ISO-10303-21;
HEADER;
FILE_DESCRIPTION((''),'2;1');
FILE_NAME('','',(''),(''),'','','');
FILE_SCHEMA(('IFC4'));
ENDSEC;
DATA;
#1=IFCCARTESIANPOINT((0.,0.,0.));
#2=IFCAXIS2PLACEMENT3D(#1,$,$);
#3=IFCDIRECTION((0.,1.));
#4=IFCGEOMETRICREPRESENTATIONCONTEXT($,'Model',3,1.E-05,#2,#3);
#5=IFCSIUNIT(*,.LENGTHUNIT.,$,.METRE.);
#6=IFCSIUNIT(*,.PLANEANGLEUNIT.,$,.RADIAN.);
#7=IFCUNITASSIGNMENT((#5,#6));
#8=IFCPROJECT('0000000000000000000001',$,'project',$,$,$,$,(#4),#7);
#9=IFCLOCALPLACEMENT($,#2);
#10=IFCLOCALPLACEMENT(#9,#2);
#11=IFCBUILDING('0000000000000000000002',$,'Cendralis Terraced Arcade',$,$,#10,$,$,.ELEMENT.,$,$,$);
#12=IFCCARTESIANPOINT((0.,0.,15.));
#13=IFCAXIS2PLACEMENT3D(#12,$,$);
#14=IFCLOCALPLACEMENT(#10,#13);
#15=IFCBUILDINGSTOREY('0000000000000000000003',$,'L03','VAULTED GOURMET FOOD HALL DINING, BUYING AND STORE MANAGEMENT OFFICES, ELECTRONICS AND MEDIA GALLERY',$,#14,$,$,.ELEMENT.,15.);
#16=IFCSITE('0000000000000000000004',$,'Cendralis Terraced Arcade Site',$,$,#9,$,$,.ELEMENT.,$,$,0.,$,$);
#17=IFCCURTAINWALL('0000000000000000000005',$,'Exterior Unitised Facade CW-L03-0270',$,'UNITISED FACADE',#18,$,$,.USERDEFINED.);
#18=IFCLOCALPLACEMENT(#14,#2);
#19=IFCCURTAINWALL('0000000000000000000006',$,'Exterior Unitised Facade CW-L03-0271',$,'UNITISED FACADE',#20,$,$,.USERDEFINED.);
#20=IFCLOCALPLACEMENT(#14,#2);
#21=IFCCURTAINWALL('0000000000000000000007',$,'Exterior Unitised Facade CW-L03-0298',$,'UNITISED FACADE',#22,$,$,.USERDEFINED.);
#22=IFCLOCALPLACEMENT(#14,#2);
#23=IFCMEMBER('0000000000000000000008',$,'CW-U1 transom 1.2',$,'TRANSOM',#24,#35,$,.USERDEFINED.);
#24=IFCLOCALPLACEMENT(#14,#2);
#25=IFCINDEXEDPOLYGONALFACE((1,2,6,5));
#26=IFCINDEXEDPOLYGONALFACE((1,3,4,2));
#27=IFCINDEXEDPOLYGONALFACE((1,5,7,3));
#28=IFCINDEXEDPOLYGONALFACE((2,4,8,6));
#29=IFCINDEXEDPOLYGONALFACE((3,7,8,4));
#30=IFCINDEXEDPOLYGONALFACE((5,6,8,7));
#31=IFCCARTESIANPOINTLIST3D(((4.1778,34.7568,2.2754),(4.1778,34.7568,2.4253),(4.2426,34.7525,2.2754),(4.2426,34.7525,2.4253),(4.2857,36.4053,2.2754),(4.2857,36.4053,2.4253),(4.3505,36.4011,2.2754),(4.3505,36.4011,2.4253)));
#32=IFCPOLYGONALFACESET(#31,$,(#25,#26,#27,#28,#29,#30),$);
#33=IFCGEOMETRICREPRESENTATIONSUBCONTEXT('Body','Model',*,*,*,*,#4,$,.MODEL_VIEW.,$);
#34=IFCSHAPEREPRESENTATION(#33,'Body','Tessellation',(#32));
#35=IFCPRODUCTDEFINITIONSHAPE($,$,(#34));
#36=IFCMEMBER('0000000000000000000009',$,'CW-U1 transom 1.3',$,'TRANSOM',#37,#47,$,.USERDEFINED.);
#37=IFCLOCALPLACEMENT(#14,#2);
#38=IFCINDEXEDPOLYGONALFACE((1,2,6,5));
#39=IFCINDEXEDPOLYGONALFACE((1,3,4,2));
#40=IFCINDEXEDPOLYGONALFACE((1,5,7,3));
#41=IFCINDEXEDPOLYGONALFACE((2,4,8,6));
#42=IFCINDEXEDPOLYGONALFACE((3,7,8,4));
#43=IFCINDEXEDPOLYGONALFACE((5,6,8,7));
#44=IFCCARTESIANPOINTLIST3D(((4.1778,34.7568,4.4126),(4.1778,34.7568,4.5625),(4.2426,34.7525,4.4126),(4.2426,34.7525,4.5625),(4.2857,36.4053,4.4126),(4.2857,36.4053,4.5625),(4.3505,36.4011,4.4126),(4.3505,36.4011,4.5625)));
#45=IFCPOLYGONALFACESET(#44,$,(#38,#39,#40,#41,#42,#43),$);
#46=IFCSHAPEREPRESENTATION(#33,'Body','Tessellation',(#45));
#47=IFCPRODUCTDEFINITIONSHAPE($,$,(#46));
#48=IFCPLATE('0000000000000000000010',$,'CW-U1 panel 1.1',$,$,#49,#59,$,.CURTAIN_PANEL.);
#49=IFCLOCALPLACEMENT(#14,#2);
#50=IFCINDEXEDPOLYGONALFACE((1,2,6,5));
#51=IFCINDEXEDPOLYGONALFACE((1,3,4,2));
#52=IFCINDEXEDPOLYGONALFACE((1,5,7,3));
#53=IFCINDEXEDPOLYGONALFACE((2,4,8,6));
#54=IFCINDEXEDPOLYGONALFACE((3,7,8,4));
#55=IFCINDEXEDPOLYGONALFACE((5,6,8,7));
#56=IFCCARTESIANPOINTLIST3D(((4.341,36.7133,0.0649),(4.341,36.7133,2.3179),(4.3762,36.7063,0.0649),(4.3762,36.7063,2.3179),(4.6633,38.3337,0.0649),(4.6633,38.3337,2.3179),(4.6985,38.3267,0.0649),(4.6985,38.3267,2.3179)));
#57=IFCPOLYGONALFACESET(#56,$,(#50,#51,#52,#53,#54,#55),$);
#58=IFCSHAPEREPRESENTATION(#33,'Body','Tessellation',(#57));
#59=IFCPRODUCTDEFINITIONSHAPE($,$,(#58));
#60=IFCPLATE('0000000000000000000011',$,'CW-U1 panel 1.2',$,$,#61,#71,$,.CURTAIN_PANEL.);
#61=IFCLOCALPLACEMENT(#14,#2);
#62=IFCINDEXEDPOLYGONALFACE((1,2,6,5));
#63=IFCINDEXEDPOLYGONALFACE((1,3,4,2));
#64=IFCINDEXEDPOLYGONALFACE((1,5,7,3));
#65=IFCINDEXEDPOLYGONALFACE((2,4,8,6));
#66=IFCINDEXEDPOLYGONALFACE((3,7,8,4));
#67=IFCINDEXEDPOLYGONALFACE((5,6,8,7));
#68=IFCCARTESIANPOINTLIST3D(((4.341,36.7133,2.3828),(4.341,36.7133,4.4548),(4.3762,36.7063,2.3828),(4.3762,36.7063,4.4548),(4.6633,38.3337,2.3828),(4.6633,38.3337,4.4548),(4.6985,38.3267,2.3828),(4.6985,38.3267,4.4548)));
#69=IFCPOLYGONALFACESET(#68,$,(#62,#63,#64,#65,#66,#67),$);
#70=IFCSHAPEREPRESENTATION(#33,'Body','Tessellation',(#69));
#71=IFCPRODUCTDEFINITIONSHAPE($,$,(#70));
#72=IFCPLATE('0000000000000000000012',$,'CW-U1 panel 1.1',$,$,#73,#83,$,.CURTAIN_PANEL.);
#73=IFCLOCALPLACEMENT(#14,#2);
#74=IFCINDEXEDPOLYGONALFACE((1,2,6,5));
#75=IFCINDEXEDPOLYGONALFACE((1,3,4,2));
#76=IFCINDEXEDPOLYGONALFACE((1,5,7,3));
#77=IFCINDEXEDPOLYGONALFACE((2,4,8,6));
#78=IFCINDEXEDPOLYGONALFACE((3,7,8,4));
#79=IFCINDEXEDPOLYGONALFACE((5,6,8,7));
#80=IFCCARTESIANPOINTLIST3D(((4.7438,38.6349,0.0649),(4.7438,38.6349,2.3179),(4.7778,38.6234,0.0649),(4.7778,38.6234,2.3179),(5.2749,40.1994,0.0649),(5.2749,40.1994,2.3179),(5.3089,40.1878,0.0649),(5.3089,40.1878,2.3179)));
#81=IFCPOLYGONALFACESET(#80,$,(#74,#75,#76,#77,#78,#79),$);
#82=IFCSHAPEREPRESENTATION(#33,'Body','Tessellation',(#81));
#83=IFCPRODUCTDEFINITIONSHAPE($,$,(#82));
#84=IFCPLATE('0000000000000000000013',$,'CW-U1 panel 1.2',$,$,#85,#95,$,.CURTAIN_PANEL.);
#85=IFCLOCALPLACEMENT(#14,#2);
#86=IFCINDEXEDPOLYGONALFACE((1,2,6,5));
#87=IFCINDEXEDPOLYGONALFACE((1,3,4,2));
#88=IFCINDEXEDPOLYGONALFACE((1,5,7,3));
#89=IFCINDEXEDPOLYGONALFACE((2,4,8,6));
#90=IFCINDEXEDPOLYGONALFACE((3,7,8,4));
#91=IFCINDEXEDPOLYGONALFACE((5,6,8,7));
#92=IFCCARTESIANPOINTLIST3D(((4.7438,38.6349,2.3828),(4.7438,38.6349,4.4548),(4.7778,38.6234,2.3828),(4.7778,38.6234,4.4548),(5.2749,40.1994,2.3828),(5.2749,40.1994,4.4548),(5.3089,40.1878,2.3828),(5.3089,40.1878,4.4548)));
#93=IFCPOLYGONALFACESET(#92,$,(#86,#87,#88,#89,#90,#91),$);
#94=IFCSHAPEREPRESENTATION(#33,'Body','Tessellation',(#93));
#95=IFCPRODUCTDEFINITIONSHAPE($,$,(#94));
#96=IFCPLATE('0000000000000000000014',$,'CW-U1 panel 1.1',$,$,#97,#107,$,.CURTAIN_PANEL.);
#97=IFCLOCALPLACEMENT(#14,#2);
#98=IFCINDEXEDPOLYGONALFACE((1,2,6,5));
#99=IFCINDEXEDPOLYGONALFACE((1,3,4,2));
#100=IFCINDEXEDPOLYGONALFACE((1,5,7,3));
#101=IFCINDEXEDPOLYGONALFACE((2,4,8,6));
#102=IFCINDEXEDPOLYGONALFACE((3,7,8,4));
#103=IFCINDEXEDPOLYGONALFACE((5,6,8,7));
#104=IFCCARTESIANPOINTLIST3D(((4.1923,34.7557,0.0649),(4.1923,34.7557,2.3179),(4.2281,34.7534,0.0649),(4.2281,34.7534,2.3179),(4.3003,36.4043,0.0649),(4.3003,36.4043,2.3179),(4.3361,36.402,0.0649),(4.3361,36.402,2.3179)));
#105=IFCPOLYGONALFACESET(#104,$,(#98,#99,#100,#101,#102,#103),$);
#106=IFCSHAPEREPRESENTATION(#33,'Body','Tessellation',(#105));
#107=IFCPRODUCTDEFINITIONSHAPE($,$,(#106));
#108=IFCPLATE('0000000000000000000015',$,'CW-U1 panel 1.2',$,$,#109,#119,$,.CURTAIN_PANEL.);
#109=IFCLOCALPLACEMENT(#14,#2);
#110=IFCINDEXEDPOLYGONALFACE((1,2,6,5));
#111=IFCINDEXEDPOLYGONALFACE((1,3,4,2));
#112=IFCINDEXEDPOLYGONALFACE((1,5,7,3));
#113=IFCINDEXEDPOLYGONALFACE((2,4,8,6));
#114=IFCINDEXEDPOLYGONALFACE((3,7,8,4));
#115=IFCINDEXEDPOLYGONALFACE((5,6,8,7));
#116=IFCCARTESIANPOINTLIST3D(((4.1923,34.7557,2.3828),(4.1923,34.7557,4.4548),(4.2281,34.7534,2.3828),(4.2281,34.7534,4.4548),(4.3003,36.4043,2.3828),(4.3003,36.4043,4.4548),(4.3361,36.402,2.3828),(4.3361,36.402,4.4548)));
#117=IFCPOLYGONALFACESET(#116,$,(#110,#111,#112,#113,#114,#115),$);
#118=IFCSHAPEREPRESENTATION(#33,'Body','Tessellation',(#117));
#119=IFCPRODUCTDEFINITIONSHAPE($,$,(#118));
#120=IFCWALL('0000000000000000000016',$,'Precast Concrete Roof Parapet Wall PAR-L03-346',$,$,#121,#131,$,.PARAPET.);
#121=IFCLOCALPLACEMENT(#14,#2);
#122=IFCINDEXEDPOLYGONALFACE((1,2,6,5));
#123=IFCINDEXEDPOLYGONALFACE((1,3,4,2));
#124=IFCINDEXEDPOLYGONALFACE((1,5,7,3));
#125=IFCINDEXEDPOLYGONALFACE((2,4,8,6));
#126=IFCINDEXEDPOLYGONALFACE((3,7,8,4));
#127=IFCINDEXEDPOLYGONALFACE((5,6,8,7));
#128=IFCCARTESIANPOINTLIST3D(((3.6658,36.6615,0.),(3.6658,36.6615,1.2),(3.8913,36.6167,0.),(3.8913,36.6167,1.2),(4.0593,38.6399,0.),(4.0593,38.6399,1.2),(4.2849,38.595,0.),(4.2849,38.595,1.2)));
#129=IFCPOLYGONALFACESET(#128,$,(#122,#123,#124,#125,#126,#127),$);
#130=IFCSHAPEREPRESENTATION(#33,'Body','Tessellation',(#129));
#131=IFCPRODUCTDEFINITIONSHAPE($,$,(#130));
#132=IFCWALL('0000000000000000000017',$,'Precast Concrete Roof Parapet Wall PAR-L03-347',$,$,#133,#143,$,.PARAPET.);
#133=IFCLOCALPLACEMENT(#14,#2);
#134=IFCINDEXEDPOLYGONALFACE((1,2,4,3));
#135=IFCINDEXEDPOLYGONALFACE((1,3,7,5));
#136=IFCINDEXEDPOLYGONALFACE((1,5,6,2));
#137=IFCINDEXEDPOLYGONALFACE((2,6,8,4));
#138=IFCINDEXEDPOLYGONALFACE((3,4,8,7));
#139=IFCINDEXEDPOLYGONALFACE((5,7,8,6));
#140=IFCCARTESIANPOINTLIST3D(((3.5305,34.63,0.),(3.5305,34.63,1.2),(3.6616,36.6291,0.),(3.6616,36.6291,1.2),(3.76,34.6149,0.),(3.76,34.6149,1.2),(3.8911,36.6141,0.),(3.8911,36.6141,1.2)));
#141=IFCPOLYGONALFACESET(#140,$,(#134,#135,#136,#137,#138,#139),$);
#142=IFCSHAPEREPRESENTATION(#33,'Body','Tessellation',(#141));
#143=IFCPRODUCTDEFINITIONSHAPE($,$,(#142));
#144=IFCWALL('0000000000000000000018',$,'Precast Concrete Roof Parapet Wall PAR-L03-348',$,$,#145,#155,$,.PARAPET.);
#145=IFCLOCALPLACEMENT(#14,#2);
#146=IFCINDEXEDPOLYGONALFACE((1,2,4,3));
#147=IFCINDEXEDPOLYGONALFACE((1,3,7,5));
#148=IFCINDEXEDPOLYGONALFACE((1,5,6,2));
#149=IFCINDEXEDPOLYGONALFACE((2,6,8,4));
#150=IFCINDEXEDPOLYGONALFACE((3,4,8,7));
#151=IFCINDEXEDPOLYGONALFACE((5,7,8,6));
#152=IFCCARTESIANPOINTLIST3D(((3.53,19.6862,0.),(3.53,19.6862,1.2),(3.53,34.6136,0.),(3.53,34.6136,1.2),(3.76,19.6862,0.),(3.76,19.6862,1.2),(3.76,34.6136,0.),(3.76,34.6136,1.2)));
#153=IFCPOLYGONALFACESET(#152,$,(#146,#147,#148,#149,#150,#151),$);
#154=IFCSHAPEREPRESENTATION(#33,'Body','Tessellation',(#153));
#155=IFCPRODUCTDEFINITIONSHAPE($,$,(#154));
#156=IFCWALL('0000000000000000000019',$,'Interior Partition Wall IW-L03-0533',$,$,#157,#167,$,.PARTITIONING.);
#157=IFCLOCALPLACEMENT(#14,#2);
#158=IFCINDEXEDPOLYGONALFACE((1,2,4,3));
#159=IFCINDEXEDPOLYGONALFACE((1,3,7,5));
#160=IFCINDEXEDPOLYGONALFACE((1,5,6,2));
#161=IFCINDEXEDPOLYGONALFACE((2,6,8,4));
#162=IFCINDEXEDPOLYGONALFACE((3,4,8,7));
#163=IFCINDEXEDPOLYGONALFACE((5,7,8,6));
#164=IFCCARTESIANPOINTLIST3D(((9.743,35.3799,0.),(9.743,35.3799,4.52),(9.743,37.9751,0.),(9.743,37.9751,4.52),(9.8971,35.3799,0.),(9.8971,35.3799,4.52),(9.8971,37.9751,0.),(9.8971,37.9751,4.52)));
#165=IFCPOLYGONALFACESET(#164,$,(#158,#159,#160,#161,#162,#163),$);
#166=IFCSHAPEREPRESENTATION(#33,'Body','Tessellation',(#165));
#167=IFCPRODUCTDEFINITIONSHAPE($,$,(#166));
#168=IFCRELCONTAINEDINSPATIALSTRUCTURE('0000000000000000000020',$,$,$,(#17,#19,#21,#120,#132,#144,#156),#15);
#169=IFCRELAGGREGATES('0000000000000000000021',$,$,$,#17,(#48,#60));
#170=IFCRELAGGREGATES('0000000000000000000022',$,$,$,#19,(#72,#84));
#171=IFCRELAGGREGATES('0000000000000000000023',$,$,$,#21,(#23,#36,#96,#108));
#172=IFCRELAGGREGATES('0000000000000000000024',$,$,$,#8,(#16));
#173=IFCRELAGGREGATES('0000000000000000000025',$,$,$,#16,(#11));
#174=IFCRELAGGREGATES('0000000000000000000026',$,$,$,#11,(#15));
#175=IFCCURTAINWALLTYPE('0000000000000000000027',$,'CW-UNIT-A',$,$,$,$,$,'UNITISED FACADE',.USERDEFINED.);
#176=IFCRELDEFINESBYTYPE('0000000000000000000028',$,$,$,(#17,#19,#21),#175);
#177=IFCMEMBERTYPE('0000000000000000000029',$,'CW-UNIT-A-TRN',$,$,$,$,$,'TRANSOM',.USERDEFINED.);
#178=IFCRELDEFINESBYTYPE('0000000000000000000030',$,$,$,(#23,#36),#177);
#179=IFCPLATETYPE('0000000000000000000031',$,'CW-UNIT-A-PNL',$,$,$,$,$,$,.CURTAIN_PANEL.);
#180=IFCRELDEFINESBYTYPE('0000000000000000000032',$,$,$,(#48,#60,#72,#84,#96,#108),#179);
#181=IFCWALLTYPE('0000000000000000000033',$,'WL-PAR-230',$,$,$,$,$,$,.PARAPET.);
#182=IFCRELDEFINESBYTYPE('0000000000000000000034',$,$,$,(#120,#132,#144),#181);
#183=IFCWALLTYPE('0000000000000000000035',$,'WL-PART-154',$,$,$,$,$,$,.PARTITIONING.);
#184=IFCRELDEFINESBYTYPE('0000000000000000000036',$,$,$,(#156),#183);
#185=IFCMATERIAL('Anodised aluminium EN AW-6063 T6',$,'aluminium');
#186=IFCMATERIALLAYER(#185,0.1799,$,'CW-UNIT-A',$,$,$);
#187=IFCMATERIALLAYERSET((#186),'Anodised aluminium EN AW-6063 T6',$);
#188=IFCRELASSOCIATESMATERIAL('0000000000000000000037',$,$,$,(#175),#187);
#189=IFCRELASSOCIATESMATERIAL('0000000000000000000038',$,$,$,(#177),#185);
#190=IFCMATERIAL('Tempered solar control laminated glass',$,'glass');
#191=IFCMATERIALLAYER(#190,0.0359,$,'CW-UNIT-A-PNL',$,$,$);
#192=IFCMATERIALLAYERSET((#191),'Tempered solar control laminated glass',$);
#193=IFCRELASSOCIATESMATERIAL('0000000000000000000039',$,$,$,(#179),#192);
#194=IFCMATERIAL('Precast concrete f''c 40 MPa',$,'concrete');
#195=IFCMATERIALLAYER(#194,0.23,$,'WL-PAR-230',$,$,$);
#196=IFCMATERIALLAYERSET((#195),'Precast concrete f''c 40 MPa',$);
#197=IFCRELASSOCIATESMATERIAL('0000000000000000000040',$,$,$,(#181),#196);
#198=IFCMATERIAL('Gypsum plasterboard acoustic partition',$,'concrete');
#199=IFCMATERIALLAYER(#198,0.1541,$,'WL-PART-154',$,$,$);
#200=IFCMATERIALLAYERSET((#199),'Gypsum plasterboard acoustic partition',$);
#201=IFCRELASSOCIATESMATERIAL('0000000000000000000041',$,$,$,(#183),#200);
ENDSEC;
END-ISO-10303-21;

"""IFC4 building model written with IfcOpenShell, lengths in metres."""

from ifc_helpers import new_model, si_unit, direction, frame, frame_2d, origin, origin_2d, place, context, subcontext, project, spatial, rectangle, extrude, material, layer, layer_set, material_profile, profile_set, type_object, element, aggregate, save


model = new_model("IFC4")

# Units and contexts
model_context = context("Model", 3, precision=1e-05, world=origin(), true_north=direction((0.0, 1.0)))
body_context = subcontext(model_context, "Body", "Model", "MODEL_VIEW")
ifc_project = project(units=[si_unit("LENGTHUNIT", "METRE"), si_unit("PLANEANGLEUNIT", "RADIAN")], contexts=[model_context])

# Site, building, storey
site_placement = place(None, origin())
site = spatial("IfcSite", under=ifc_project, at=site_placement, Name="Cendralis Terraced Arcade Site", CompositionType="ELEMENT", RefElevation=0.0)
building_placement = place(site_placement, origin())
building = spatial("IfcBuilding", under=site, at=building_placement, Name="Cendralis Terraced Arcade", CompositionType="ELEMENT")
storey_placement = place(building_placement, frame((0.0, 0.0, 15.0)))
storey = spatial("IfcBuildingStorey", under=building, at=storey_placement, Name="L03", Description="VAULTED GOURMET FOOD HALL DINING, BUYING AND STORE MANAGEMENT OFFICES, ELECTRONICS AND MEDIA GALLERY", CompositionType="ELEMENT", Elevation=15.0)

# Curtain wall
ifc_material_1 = material(Name="Anodised aluminium EN AW-6063 T6", Category="aluminium")
ifc_layer_1 = layer(ifc_material_1, 0.1799, Name="CW-UNIT-A")
ifc_layer_set_1 = layer_set([ifc_layer_1], Name="Anodised aluminium EN AW-6063 T6")
curtain_wall_type = type_object("IfcCurtainWallType", Name="CW-UNIT-A", ElementType="UNITISED FACADE", PredefinedType="USERDEFINED", material=ifc_layer_set_1)
curtain_wall_1_placement = place(storey_placement, origin())
curtain_wall_1 = element("IfcCurtainWall", 1, at=curtain_wall_1_placement, inside=storey, type_object=curtain_wall_type, Name="Exterior Unitised Facade CW-L03-0270", ObjectType="UNITISED FACADE", PredefinedType="USERDEFINED")

# Curtain wall
curtain_wall_2_placement = place(storey_placement, origin())
curtain_wall_2 = element("IfcCurtainWall", 2, at=curtain_wall_2_placement, inside=storey, type_object=curtain_wall_type, Name="Exterior Unitised Facade CW-L03-0271", ObjectType="UNITISED FACADE", PredefinedType="USERDEFINED")

# Curtain wall
curtain_wall_3_placement = place(storey_placement, origin())
curtain_wall_3 = element("IfcCurtainWall", 3, at=curtain_wall_3_placement, inside=storey, type_object=curtain_wall_type, Name="Exterior Unitised Facade CW-L03-0298", ObjectType="UNITISED FACADE", PredefinedType="USERDEFINED")

# Members
ifc_material_profile_1 = material_profile(ifc_material_1, rectangle(XDim=0.0649, YDim=0.1499, at=origin_2d()), Name="ALU-TRN-65x150")
ifc_profile_set_1 = profile_set([ifc_material_profile_1], Name="Anodised aluminium EN AW-6063 T6")
member_type_1 = type_object("IfcMemberType", Name="CW-UNIT-A-TRN", ElementType="TRANSOM", PredefinedType="USERDEFINED", material=ifc_profile_set_1)
member_1_placement = place(storey_placement, frame((4.2102, 34.7546, 2.3503), z_axis=(0.065313, 0.997865, 0.0), x_axis=(-0.997865, 0.065313, 0.0)))
member_1 = element("IfcMember", 4, at=member_1_placement, type_object=member_type_1, Name="CW-U1 transom 1.2", ObjectType="TRANSOM", PredefinedType="USERDEFINED", context=body_context, shape_type="SweptSolid", body=[
    extrude(rectangle(XDim=0.0649, YDim=0.1499, at=origin_2d()), origin(), (0.0, 0.0, 1.0), 1.6521),
])
member_2_placement = place(storey_placement, frame((4.2102, 34.7546, 4.4875), z_axis=(0.065313, 0.997865, 0.0), x_axis=(-0.997865, 0.065313, 0.0)))
member_2 = element("IfcMember", 5, at=member_2_placement, type_object=member_type_1, Name="CW-U1 transom 1.3", ObjectType="TRANSOM", PredefinedType="USERDEFINED", context=body_context, shape_type="SweptSolid", body=[
    extrude(rectangle(XDim=0.0649, YDim=0.1499, at=origin_2d()), origin(), (0.0, 0.0, 1.0), 1.6521),
])

# Plates
ifc_material_2 = material(Name="Tempered solar control laminated glass", Category="glass")
ifc_layer_2 = layer(ifc_material_2, 0.0359, Name="CW-UNIT-A-PNL")
ifc_layer_set_2 = layer_set([ifc_layer_2], Name="Tempered solar control laminated glass")
plate_type = type_object("IfcPlateType", Name="CW-UNIT-A-PNL", PredefinedType="CURTAIN_PANEL", material=ifc_layer_set_2)
plate_1_placement = place(storey_placement, frame((4.5198, 37.52, 0.0649), z_axis=(0.0, 0.0, 1.0), x_axis=(0.195058, 0.980792, 0.0)))
plate_1 = element("IfcPlate", 6, at=plate_1_placement, type_object=plate_type, Name="CW-U1 panel 1.1", PredefinedType="CURTAIN_PANEL", context=body_context, shape_type="SweptSolid", body=[
    extrude(rectangle(XDim=1.6521, YDim=0.0359, at=origin_2d()), origin(), (0.0, 0.0, 1.0), 2.2529),
])
plate_2_placement = place(storey_placement, frame((4.5198, 37.52, 2.3828), z_axis=(0.0, 0.0, 1.0), x_axis=(0.195058, 0.980792, 0.0)))
plate_2 = element("IfcPlate", 7, at=plate_2_placement, type_object=plate_type, Name="CW-U1 panel 1.2", PredefinedType="CURTAIN_PANEL", context=body_context, shape_type="SweptSolid", body=[
    extrude(rectangle(XDim=1.6521, YDim=0.0359, at=origin_2d()), origin(), (0.0, 0.0, 1.0), 2.072),
])
aggregate(curtain_wall_1, [plate_1, plate_2])
plate_3_placement = place(storey_placement, frame((5.0264, 39.4114, 0.0649), z_axis=(0.0, 0.0, 1.0), x_axis=(0.321458, 0.946924, 0.0)))
plate_3 = element("IfcPlate", 8, at=plate_3_placement, type_object=plate_type, Name="CW-U1 panel 1.1", PredefinedType="CURTAIN_PANEL", context=body_context, shape_type="SweptSolid", body=[
    extrude(rectangle(XDim=1.6521, YDim=0.0359, at=origin_2d()), origin(), (0.0, 0.0, 1.0), 2.2529),
])
plate_4_placement = place(storey_placement, frame((5.0264, 39.4114, 2.3828), z_axis=(0.0, 0.0, 1.0), x_axis=(0.321458, 0.946924, 0.0)))
plate_4 = element("IfcPlate", 9, at=plate_4_placement, type_object=plate_type, Name="CW-U1 panel 1.2", PredefinedType="CURTAIN_PANEL", context=body_context, shape_type="SweptSolid", body=[
    extrude(rectangle(XDim=1.6521, YDim=0.0359, at=origin_2d()), origin(), (0.0, 0.0, 1.0), 2.072),
])
aggregate(curtain_wall_2, [plate_3, plate_4])
plate_5_placement = place(storey_placement, frame((4.2642, 35.5789, 0.0649), z_axis=(0.0, 0.0, 1.0), x_axis=(0.065372, 0.997861, 0.0)))
plate_5 = element("IfcPlate", 10, at=plate_5_placement, type_object=plate_type, Name="CW-U1 panel 1.1", PredefinedType="CURTAIN_PANEL", context=body_context, shape_type="SweptSolid", body=[
    extrude(rectangle(XDim=1.6521, YDim=0.0359, at=origin_2d()), origin(), (0.0, 0.0, 1.0), 2.2529),
])
plate_6_placement = place(storey_placement, frame((4.2642, 35.5789, 2.3828), z_axis=(0.0, 0.0, 1.0), x_axis=(0.065372, 0.997861, 0.0)))
plate_6 = element("IfcPlate", 11, at=plate_6_placement, type_object=plate_type, Name="CW-U1 panel 1.2", PredefinedType="CURTAIN_PANEL", context=body_context, shape_type="SweptSolid", body=[
    extrude(rectangle(XDim=1.6521, YDim=0.0359, at=origin_2d()), origin(), (0.0, 0.0, 1.0), 2.072),
])
aggregate(curtain_wall_3, [member_1, member_2, plate_5, plate_6])

# Walls
ifc_material_3 = material(Name="Precast concrete f'c 40 MPa", Category="concrete")
ifc_layer_3 = layer(ifc_material_3, 0.23, Name="WL-PAR-230")
ifc_layer_set_3 = layer_set([ifc_layer_3], Name="Precast concrete f'c 40 MPa")
wall_type_1 = type_object("IfcWallType", Name="WL-PAR-230", PredefinedType="PARAPET", material=ifc_layer_set_3)
wall_1_placement = place(storey_placement, frame((4.1721, 38.6174, 0.0), z_axis=(0.0, 0.0, 1.0), x_axis=(-0.195115, -0.98078, 0.0)))
element("IfcWall", 12, at=wall_1_placement, inside=storey, type_object=wall_type_1, Name="Precast Concrete Roof Parapet Wall PAR-L03-346", PredefinedType="PARAPET", context=body_context, shape_type="SweptSolid", body=[
    extrude(rectangle(XDim=2.0171, YDim=0.23, at=frame_2d((1.0085, 0.0))), origin(), (0.0, 0.0, 1.0), 1.2),
])
wall_2_placement = place(storey_placement, frame((3.7764, 36.6216, 0.0), z_axis=(0.0, 0.0, 1.0), x_axis=(-0.065443, -0.997856, 0.0)))
element("IfcWall", 13, at=wall_2_placement, inside=storey, type_object=wall_type_1, Name="Precast Concrete Roof Parapet Wall PAR-L03-347", PredefinedType="PARAPET", context=body_context, shape_type="SweptSolid", body=[
    extrude(rectangle(XDim=2.0034, YDim=0.23, at=frame_2d((1.0017, 0.0))), origin(), (0.0, 0.0, 1.0), 1.2),
])
wall_3_placement = place(storey_placement, frame((3.645, 34.6138, 0.0), z_axis=(0.0, 0.0, 1.0), x_axis=(0.0, -1.0, 0.0)))
element("IfcWall", 14, at=wall_3_placement, inside=storey, type_object=wall_type_1, Name="Precast Concrete Roof Parapet Wall PAR-L03-348", PredefinedType="PARAPET", context=body_context, shape_type="SweptSolid", body=[
    extrude(rectangle(XDim=14.9275, YDim=0.23, at=frame_2d((7.4639, 0.0))), origin(), (0.0, 0.0, 1.0), 1.2),
])
ifc_material_4 = material(Name="Gypsum plasterboard acoustic partition", Category="concrete")
ifc_layer_4 = layer(ifc_material_4, 0.1541, Name="WL-PART-154")
ifc_layer_set_4 = layer_set([ifc_layer_4], Name="Gypsum plasterboard acoustic partition")
wall_type_2 = type_object("IfcWallType", Name="WL-PART-154", PredefinedType="PARTITIONING", material=ifc_layer_set_4)
wall_4_placement = place(storey_placement, frame((9.8201, 37.9751, 0.0), z_axis=(0.0, 0.0, 1.0), x_axis=(0.0, -1.0, 0.0)))
element("IfcWall", 15, at=wall_4_placement, inside=storey, type_object=wall_type_2, Name="Interior Partition Wall IW-L03-0533", PredefinedType="PARTITIONING", context=body_context, shape_type="SweptSolid", body=[
    extrude(rectangle(XDim=2.5952, YDim=0.1541, at=frame_2d((1.2976, 0.0))), origin(), (0.0, 0.0, 1.0), 4.52),
])

save(model, "model.ifc")
